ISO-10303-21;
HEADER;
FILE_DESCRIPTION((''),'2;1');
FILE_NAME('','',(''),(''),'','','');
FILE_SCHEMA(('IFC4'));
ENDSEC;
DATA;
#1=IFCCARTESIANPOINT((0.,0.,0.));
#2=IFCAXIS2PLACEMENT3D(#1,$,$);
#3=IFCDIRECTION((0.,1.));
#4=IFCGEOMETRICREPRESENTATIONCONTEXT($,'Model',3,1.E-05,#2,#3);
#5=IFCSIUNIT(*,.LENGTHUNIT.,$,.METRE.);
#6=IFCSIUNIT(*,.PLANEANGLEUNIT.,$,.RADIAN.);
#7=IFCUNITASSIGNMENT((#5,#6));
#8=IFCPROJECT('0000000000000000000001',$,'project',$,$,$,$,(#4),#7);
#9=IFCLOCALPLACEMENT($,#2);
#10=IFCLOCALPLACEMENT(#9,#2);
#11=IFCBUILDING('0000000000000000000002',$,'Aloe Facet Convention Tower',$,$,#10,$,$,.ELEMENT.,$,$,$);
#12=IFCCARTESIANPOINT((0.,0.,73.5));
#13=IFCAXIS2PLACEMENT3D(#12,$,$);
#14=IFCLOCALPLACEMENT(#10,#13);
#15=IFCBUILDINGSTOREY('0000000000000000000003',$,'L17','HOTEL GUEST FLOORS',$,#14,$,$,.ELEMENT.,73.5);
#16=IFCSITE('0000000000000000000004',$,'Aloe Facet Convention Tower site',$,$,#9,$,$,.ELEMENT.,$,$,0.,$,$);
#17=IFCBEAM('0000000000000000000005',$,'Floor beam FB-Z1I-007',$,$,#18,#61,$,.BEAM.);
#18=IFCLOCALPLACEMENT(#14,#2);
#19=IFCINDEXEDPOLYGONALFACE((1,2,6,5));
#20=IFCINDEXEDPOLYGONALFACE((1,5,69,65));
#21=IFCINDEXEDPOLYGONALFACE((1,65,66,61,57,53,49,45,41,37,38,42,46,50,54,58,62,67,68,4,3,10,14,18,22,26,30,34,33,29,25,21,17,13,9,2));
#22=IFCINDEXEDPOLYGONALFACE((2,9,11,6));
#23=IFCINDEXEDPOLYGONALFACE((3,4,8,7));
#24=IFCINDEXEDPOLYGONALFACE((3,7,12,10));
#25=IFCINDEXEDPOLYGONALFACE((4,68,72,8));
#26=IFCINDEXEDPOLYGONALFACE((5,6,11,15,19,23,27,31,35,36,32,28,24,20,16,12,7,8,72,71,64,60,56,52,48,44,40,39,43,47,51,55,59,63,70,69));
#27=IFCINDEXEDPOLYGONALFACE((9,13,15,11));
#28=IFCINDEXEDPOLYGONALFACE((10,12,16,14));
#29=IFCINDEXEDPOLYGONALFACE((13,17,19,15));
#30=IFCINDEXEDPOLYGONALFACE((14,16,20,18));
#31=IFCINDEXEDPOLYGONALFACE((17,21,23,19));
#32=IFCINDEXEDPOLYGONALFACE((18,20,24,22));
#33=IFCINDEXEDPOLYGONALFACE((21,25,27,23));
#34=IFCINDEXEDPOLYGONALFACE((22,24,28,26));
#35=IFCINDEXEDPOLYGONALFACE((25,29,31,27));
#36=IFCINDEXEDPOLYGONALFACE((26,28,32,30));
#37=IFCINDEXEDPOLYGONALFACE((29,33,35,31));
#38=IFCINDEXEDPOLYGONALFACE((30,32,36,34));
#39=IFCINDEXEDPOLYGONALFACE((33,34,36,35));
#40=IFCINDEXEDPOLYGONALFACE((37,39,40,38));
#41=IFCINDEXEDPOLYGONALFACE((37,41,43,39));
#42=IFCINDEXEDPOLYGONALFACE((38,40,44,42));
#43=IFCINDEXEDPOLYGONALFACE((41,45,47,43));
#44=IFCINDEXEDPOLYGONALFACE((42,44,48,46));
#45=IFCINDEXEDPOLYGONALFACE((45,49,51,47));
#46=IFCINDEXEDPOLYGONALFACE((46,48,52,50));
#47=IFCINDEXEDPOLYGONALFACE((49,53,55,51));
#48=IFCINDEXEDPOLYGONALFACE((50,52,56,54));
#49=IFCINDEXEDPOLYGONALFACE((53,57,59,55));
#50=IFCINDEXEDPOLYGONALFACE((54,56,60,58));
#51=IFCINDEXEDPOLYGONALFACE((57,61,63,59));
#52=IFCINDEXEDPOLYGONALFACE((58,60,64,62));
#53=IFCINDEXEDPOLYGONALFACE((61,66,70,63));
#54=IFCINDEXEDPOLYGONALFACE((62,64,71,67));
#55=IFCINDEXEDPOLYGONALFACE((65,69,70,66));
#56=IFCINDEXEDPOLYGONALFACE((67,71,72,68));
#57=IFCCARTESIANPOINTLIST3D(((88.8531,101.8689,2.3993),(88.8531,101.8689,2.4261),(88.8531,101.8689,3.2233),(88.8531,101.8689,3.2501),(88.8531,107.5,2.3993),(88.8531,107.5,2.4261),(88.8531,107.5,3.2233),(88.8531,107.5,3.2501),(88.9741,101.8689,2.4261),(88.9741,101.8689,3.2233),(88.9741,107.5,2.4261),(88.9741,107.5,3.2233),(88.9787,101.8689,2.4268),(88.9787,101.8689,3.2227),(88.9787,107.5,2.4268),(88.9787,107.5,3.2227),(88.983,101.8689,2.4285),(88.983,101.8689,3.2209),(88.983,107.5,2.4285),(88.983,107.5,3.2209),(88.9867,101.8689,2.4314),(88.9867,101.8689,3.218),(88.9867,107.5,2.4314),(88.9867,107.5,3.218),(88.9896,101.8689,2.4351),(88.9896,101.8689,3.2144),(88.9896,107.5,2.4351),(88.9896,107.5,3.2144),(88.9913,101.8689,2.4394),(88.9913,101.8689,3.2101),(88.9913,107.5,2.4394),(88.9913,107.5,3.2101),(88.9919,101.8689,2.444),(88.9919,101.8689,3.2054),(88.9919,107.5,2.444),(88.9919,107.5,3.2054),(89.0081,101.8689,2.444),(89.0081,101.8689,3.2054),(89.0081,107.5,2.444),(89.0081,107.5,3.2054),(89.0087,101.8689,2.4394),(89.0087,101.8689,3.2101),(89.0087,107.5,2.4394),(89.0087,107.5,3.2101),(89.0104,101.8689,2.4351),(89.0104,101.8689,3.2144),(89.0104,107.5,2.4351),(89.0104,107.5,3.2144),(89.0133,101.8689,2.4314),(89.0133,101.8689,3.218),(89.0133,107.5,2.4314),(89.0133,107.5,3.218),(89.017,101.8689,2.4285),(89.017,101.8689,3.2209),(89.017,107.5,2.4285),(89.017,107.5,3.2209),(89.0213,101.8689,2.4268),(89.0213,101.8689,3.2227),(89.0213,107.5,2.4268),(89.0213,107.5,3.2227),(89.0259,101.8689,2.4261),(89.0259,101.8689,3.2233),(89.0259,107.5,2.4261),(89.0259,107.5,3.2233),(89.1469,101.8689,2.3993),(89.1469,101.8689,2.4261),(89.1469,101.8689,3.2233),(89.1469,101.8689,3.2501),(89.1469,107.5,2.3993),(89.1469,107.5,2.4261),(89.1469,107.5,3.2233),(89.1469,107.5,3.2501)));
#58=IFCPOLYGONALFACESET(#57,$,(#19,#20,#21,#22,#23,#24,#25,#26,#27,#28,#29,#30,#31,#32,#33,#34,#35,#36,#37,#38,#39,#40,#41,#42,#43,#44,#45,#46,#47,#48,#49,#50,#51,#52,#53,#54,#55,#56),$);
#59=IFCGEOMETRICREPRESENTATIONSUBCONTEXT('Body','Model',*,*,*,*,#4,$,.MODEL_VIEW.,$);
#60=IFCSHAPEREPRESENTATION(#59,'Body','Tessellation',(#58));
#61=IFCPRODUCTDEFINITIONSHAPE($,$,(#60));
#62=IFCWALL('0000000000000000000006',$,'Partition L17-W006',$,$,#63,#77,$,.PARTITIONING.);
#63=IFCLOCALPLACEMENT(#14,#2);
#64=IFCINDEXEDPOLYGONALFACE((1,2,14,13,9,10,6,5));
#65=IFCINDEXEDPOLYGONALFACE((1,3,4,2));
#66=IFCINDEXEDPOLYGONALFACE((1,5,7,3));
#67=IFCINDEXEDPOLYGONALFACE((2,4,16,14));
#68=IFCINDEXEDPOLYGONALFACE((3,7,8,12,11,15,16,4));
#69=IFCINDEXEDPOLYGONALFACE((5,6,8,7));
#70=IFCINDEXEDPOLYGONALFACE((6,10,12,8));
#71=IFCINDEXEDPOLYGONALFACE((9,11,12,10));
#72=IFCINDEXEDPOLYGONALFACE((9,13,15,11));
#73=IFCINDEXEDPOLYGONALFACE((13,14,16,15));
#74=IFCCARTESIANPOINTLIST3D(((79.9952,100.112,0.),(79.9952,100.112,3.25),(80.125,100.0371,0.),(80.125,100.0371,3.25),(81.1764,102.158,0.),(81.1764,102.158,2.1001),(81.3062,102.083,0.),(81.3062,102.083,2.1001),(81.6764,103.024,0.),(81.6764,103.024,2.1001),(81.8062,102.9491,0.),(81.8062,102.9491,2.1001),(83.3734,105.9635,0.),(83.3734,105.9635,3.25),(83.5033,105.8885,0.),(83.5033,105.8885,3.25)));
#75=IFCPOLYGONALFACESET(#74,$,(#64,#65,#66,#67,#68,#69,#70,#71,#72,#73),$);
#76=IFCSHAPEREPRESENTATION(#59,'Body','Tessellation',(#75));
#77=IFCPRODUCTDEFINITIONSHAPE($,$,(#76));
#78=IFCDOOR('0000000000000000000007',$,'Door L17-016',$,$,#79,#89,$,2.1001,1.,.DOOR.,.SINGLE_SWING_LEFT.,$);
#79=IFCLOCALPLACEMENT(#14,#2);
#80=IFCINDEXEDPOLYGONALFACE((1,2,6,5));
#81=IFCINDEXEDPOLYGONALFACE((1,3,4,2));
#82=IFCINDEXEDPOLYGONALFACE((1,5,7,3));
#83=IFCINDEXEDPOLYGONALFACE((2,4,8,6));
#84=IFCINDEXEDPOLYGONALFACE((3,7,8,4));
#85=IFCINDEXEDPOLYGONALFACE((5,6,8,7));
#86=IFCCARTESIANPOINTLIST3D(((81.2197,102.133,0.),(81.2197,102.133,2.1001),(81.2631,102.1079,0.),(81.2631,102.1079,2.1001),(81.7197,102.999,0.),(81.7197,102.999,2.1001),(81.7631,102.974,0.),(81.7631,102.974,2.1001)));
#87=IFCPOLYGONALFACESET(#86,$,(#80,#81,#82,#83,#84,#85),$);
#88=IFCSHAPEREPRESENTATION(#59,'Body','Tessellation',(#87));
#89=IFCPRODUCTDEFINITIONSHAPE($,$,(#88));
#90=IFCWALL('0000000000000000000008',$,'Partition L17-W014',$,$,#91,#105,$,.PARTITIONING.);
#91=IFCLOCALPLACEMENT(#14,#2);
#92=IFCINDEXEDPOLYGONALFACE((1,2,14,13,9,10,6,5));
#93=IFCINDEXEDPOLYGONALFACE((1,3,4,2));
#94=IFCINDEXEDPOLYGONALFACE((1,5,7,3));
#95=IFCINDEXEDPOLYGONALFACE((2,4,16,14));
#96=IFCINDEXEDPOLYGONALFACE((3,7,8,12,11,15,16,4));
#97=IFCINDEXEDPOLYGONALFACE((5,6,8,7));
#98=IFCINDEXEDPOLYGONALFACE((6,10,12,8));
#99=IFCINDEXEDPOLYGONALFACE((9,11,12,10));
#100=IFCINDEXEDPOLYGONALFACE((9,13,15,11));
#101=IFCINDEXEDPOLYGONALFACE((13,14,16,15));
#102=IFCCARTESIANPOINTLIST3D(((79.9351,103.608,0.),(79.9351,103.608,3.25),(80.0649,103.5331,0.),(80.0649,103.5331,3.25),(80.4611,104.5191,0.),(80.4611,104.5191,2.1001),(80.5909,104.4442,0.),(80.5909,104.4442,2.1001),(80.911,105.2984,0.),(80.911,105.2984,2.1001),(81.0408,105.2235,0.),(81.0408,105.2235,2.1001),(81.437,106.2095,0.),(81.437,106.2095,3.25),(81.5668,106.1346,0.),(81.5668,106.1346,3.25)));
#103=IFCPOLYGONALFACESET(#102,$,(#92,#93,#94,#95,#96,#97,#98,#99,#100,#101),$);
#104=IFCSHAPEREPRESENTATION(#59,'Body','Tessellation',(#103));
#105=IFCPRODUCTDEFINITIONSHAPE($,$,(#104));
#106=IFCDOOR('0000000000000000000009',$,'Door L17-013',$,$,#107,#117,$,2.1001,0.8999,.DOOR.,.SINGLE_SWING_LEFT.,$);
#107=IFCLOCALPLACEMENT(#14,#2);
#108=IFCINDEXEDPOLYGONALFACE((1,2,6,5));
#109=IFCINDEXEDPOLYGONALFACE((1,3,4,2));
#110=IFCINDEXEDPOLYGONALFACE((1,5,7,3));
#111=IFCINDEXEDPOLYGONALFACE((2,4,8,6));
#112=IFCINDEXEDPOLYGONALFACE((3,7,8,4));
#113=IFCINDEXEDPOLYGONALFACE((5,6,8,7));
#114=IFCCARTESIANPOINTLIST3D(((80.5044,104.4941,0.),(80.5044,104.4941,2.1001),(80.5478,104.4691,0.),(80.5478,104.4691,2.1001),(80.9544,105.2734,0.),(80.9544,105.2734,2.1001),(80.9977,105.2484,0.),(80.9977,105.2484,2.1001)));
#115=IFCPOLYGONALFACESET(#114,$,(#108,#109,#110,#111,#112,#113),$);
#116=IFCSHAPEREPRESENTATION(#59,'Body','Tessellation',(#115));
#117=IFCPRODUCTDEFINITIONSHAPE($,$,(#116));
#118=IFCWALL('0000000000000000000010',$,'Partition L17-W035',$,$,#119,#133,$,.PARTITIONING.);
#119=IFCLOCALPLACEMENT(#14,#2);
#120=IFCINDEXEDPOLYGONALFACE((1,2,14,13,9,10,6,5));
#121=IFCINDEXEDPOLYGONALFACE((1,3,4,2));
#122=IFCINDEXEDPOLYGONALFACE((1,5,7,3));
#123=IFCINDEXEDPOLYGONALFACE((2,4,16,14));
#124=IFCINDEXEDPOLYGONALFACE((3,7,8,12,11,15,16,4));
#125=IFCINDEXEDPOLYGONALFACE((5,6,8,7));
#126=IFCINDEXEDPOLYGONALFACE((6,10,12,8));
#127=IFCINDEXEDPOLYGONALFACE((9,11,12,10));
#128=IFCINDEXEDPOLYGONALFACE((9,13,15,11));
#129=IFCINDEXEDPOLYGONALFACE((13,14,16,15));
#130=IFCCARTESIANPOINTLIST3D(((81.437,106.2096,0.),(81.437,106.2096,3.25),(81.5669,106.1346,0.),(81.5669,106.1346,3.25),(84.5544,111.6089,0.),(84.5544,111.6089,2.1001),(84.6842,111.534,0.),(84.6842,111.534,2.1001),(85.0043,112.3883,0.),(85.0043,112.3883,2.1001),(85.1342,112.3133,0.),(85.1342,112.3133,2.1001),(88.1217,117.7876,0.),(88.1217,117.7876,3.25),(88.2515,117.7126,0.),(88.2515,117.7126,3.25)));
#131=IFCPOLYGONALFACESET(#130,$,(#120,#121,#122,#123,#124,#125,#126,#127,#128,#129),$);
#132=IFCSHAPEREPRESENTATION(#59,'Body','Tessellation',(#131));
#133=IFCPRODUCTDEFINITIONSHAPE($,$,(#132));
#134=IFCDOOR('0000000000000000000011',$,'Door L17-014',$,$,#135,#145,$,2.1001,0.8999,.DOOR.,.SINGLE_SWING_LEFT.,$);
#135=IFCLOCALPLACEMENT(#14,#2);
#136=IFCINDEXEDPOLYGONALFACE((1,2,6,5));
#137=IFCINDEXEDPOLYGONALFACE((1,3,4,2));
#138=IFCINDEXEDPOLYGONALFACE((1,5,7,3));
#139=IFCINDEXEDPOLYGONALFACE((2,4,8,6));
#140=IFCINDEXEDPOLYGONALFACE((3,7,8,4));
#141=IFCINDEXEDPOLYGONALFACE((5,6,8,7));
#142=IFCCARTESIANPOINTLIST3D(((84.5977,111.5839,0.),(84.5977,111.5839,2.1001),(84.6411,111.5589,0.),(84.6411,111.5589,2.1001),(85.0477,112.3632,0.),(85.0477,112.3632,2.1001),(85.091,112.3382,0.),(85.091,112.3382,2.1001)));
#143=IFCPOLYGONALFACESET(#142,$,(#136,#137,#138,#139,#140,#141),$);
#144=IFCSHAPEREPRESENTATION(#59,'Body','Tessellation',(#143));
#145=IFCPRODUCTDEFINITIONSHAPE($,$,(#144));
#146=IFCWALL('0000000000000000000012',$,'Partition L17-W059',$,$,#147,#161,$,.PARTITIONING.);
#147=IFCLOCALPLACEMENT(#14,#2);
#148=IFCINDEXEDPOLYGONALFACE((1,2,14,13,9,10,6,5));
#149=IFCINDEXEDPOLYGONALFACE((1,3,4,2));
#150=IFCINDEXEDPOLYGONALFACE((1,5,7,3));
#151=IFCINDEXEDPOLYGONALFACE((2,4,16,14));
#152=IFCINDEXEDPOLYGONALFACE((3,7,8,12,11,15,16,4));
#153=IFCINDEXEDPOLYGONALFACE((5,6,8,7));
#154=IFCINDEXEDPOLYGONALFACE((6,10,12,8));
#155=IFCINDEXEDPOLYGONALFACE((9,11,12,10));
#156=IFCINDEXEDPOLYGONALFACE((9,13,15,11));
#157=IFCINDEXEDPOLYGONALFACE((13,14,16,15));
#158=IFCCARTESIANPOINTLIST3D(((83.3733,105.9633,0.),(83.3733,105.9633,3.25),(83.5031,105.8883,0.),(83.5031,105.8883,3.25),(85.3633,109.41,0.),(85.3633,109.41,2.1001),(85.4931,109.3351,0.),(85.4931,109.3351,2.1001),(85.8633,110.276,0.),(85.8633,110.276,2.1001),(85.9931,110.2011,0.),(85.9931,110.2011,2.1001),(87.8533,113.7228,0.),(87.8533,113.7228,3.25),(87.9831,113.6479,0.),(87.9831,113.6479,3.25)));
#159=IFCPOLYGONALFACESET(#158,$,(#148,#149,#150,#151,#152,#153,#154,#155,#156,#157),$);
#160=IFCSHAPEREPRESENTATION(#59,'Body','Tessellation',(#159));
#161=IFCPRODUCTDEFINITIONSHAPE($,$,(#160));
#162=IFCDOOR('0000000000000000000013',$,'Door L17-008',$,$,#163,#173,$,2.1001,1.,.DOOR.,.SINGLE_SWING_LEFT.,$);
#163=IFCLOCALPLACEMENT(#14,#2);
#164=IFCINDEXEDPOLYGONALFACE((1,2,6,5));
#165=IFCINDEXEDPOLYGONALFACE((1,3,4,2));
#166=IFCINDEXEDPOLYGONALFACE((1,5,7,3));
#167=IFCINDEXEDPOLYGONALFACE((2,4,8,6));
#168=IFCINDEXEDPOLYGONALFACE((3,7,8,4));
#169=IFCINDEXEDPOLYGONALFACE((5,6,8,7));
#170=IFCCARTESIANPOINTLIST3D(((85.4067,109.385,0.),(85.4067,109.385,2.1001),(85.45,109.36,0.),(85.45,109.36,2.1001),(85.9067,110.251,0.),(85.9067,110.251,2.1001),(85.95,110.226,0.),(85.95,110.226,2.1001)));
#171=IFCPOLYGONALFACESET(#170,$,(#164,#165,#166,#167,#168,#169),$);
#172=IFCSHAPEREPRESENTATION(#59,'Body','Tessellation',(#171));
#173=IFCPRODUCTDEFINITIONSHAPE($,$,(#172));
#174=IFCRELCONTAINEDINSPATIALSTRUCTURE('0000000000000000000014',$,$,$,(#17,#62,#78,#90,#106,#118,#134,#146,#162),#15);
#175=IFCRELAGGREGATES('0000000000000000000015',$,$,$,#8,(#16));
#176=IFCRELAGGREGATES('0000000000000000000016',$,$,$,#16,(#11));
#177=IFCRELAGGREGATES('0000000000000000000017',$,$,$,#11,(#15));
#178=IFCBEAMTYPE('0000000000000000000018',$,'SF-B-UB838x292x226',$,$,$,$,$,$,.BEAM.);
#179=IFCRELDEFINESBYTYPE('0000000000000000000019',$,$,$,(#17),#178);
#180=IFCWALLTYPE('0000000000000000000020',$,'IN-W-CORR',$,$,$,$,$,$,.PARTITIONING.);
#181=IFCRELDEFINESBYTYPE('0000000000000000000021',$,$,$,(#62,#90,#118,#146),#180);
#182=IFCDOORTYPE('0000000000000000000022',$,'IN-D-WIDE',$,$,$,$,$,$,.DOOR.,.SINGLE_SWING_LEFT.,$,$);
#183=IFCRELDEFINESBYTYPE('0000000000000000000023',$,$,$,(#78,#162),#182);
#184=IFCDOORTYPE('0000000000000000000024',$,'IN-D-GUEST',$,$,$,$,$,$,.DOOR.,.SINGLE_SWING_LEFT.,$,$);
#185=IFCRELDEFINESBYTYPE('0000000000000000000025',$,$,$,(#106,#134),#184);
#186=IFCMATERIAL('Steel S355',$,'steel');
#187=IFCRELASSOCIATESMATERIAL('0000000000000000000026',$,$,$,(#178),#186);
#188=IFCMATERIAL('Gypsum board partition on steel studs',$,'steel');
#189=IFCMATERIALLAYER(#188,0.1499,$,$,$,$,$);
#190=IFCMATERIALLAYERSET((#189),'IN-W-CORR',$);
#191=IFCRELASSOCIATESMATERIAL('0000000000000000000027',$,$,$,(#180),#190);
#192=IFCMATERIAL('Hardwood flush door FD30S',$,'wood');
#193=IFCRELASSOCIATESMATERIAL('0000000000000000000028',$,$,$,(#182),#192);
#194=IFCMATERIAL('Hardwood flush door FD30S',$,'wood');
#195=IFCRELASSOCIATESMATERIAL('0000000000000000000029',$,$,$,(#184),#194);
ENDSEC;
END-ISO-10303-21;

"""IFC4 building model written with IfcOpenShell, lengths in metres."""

from ifc_helpers import new_model, si_unit, direction, frame, frame_2d, origin, origin_2d, place, context, subcontext, project, spatial, rectangle, i_section, extrude, material, layer, layer_set, material_profile, profile_set, type_object, element, fill, save


model = new_model("IFC4")

# Units and contexts
model_context = context("Model", 3, precision=1e-05, world=origin(), true_north=direction((0.0, 1.0)))
body_context = subcontext(model_context, "Body", "Model", "MODEL_VIEW")
ifc_project = project(units=[si_unit("LENGTHUNIT", "METRE"), si_unit("PLANEANGLEUNIT", "RADIAN")], contexts=[model_context])

# Site, building, storey
site_placement = place(None, origin())
site = spatial("IfcSite", under=ifc_project, at=site_placement, Name="Aloe Facet Convention Tower site", CompositionType="ELEMENT", RefElevation=0.0)
building_placement = place(site_placement, origin())
building = spatial("IfcBuilding", under=site, at=building_placement, Name="Aloe Facet Convention Tower", CompositionType="ELEMENT")
storey_placement = place(building_placement, frame((0.0, 0.0, 73.5)))
storey = spatial("IfcBuildingStorey", under=building, at=storey_placement, Name="L17", Description="HOTEL GUEST FLOORS", CompositionType="ELEMENT", Elevation=73.5)

# Beam
ifc_material_1 = material(Name="Steel S355", Category="steel")
ifc_material_profile_1 = material_profile(ifc_material_1, i_section(OverallWidth=0.2937, OverallDepth=0.8508, WebThickness=0.0161, FlangeThickness=0.0269, FilletRadius=0.0178, at=origin_2d()), Name="UB 838x292x226")
ifc_profile_set_1 = profile_set([ifc_material_profile_1], Name="Steel S355")
beam_type_1 = type_object("IfcBeamType", Name="SF-B-UB838x292x226", PredefinedType="BEAM", material=ifc_profile_set_1)
beam_1_placement = place(storey_placement, frame((89.0, 107.5, 2.8247), z_axis=(0.0, -1.0, 0.0), x_axis=(1.0, 0.0, 0.0)))
element("IfcBeam", 1, at=beam_1_placement, inside=storey, type_object=beam_type_1, Name="Floor beam FB-Z1I-007", PredefinedType="BEAM", context=body_context, shape_type="SweptSolid", body=[
    extrude(i_section(OverallWidth=0.2937, OverallDepth=0.8508, WebThickness=0.0161, FlangeThickness=0.0269, FilletRadius=0.0178, at=origin_2d()), origin(), (0.0, 0.0, 1.0), 5.6311),
])

# Walls, openings, doors
ifc_material_2 = material(Name="Gypsum board partition on steel studs", Category="steel")
ifc_layer_1 = layer(ifc_material_2, 0.1499)
ifc_layer_set_1 = layer_set([ifc_layer_1], Name="IN-W-CORR")
wall_type_1 = type_object("IfcWallType", Name="IN-W-CORR", PredefinedType="PARTITIONING", material=ifc_layer_set_1)
wall_1_placement = place(storey_placement, frame((80.0601, 100.0745, 0.0), z_axis=(0.0, 0.0, 1.0), x_axis=(0.49999, 0.866031, 0.0)))
wall_1 = element("IfcWall", 2, at=wall_1_placement, inside=storey, type_object=wall_type_1, Name="Partition L17-W006", PredefinedType="PARTITIONING", context=body_context, shape_type="SweptSolid", body=[
    extrude(rectangle(XDim=6.7566, YDim=0.1499, at=frame_2d((3.3784, 0.0))), origin(), (0.0, 0.0, 1.0), 3.25),
])
opening_1_placement = place(wall_1_placement, frame((2.3625, 0.0, 0.0)))
opening_1 = element("IfcOpeningElement", 3, at=opening_1_placement, cuts=wall_1, PredefinedType="OPENING", context=body_context, shape_type="SweptSolid", body=[
    extrude(rectangle(XDim=1.0, YDim=2.1001, at=frame_2d((0.5, 1.05))), frame((0.0, 0.085, 0.0), z_axis=(0.0, -1.0, 0.0), x_axis=(1.0, 0.0, 0.0)), (0.0, 0.0, 1.0), 0.1699),
])
ifc_material_3 = material(Name="Hardwood flush door FD30S", Category="wood")
door_type_1 = type_object("IfcDoorType", Name="IN-D-WIDE", OperationType="SINGLE_SWING_LEFT", PredefinedType="DOOR", material=ifc_material_3)
door_1_placement = place(opening_1_placement, origin())
door_1 = element("IfcDoor", 4, at=door_1_placement, inside=storey, type_object=door_type_1, Name="Door L17-016", OperationType="SINGLE_SWING_LEFT", OverallHeight=2.1001, OverallWidth=1.0, PredefinedType="DOOR", context=body_context, shape_type="SweptSolid", body=[
    extrude(rectangle(XDim=1.0, YDim=2.1001, at=frame_2d((0.5, 1.05))), frame((0.0, 0.0249, 0.0), z_axis=(0.0, -1.0, 0.0), x_axis=(1.0, 0.0, 0.0)), (0.0, 0.0, 1.0), 0.05),
])
fill(opening_1, door_1)
wall_2_placement = place(storey_placement, frame((80.0, 103.5706, 0.0), z_axis=(0.0, 0.0, 1.0), x_axis=(0.499985, 0.866034, 0.0)))
wall_2 = element("IfcWall", 5, at=wall_2_placement, inside=storey, type_object=wall_type_1, Name="Partition L17-W014", PredefinedType="PARTITIONING", context=body_context, shape_type="SweptSolid", body=[
    extrude(rectangle(XDim=3.0039, YDim=0.1499, at=frame_2d((1.502, 0.0))), origin(), (0.0, 0.0, 1.0), 3.25),
])
opening_2_placement = place(wall_2_placement, frame((1.052, 0.0, 0.0)))
opening_2 = element("IfcOpeningElement", 6, at=opening_2_placement, cuts=wall_2, PredefinedType="OPENING", context=body_context, shape_type="SweptSolid", body=[
    extrude(rectangle(XDim=0.8999, YDim=2.1001, at=frame_2d((0.45, 1.05))), frame((0.0, 0.085, 0.0), z_axis=(0.0, -1.0, 0.0), x_axis=(1.0, 0.0, 0.0)), (0.0, 0.0, 1.0), 0.1699),
])
ifc_material_4 = material(Name="Hardwood flush door FD30S", Category="wood")
door_type_2 = type_object("IfcDoorType", Name="IN-D-GUEST", OperationType="SINGLE_SWING_LEFT", PredefinedType="DOOR", material=ifc_material_4)
door_2_placement = place(opening_2_placement, origin())
door_2 = element("IfcDoor", 7, at=door_2_placement, inside=storey, type_object=door_type_2, Name="Door L17-013", OperationType="SINGLE_SWING_LEFT", OverallHeight=2.1001, OverallWidth=0.8999, PredefinedType="DOOR", context=body_context, shape_type="SweptSolid", body=[
    extrude(rectangle(XDim=0.8999, YDim=2.1001, at=frame_2d((0.45, 1.05))), frame((0.0, 0.0249, 0.0), z_axis=(0.0, -1.0, 0.0), x_axis=(1.0, 0.0, 0.0)), (0.0, 0.0, 1.0), 0.05),
])
fill(opening_2, door_2)
wall_3_placement = place(storey_placement, frame((81.502, 106.1721, 0.0), z_axis=(0.0, 0.0, 1.0), x_axis=(0.500004, 0.866023, 0.0)))
wall_3 = element("IfcWall", 8, at=wall_3_placement, inside=storey, type_object=wall_type_1, Name="Partition L17-W035", PredefinedType="PARTITIONING", context=body_context, shape_type="SweptSolid", body=[
    extrude(rectangle(XDim=13.3691, YDim=0.1499, at=frame_2d((6.6846, 0.0))), origin(), (0.0, 0.0, 1.0), 3.25),
])
opening_3_placement = place(wall_3_placement, frame((6.2346, 0.0, 0.0)))
opening_3 = element("IfcOpeningElement", 9, at=opening_3_placement, cuts=wall_3, PredefinedType="OPENING", context=body_context, shape_type="SweptSolid", body=[
    extrude(rectangle(XDim=0.8999, YDim=2.1001, at=frame_2d((0.45, 1.05))), frame((0.0, 0.085, 0.0), z_axis=(0.0, -1.0, 0.0), x_axis=(1.0, 0.0, 0.0)), (0.0, 0.0, 1.0), 0.1699),
])
door_3_placement = place(opening_3_placement, origin())
door_3 = element("IfcDoor", 10, at=door_3_placement, inside=storey, type_object=door_type_2, Name="Door L17-014", OperationType="SINGLE_SWING_LEFT", OverallHeight=2.1001, OverallWidth=0.8999, PredefinedType="DOOR", context=body_context, shape_type="SweptSolid", body=[
    extrude(rectangle(XDim=0.8999, YDim=2.1001, at=frame_2d((0.45, 1.05))), frame((0.0, 0.0249, 0.0), z_axis=(0.0, -1.0, 0.0), x_axis=(1.0, 0.0, 0.0)), (0.0, 0.0, 1.0), 0.05),
])
fill(opening_3, door_3)
wall_4_placement = place(storey_placement, frame((83.4382, 105.9258, 0.0), z_axis=(0.0, 0.0, 1.0), x_axis=(0.500002, 0.866025, 0.0)))
wall_4 = element("IfcWall", 11, at=wall_4_placement, inside=storey, type_object=wall_type_1, Name="Partition L17-W059", PredefinedType="PARTITIONING", context=body_context, shape_type="SweptSolid", body=[
    extrude(rectangle(XDim=8.96, YDim=0.1499, at=frame_2d((4.48, 0.0))), origin(), (0.0, 0.0, 1.0), 3.25),
])
opening_4_placement = place(wall_4_placement, frame((3.98, 0.0, 0.0)))
opening_4 = element("IfcOpeningElement", 12, at=opening_4_placement, cuts=wall_4, PredefinedType="OPENING", context=body_context, shape_type="SweptSolid", body=[
    extrude(rectangle(XDim=1.0, YDim=2.1001, at=frame_2d((0.5, 1.05))), frame((0.0, 0.085, 0.0), z_axis=(0.0, -1.0, 0.0), x_axis=(1.0, 0.0, 0.0)), (0.0, 0.0, 1.0), 0.1699),
])
door_4_placement = place(opening_4_placement, origin())
door_4 = element("IfcDoor", 13, at=door_4_placement, inside=storey, type_object=door_type_1, Name="Door L17-008", OperationType="SINGLE_SWING_LEFT", OverallHeight=2.1001, OverallWidth=1.0, PredefinedType="DOOR", context=body_context, shape_type="SweptSolid", body=[
    extrude(rectangle(XDim=1.0, YDim=2.1001, at=frame_2d((0.5, 1.05))), frame((0.0, 0.0249, 0.0), z_axis=(0.0, -1.0, 0.0), x_axis=(1.0, 0.0, 0.0)), (0.0, 0.0, 1.0), 0.05),
])
fill(opening_4, door_4)

save(model, "model.ifc")
